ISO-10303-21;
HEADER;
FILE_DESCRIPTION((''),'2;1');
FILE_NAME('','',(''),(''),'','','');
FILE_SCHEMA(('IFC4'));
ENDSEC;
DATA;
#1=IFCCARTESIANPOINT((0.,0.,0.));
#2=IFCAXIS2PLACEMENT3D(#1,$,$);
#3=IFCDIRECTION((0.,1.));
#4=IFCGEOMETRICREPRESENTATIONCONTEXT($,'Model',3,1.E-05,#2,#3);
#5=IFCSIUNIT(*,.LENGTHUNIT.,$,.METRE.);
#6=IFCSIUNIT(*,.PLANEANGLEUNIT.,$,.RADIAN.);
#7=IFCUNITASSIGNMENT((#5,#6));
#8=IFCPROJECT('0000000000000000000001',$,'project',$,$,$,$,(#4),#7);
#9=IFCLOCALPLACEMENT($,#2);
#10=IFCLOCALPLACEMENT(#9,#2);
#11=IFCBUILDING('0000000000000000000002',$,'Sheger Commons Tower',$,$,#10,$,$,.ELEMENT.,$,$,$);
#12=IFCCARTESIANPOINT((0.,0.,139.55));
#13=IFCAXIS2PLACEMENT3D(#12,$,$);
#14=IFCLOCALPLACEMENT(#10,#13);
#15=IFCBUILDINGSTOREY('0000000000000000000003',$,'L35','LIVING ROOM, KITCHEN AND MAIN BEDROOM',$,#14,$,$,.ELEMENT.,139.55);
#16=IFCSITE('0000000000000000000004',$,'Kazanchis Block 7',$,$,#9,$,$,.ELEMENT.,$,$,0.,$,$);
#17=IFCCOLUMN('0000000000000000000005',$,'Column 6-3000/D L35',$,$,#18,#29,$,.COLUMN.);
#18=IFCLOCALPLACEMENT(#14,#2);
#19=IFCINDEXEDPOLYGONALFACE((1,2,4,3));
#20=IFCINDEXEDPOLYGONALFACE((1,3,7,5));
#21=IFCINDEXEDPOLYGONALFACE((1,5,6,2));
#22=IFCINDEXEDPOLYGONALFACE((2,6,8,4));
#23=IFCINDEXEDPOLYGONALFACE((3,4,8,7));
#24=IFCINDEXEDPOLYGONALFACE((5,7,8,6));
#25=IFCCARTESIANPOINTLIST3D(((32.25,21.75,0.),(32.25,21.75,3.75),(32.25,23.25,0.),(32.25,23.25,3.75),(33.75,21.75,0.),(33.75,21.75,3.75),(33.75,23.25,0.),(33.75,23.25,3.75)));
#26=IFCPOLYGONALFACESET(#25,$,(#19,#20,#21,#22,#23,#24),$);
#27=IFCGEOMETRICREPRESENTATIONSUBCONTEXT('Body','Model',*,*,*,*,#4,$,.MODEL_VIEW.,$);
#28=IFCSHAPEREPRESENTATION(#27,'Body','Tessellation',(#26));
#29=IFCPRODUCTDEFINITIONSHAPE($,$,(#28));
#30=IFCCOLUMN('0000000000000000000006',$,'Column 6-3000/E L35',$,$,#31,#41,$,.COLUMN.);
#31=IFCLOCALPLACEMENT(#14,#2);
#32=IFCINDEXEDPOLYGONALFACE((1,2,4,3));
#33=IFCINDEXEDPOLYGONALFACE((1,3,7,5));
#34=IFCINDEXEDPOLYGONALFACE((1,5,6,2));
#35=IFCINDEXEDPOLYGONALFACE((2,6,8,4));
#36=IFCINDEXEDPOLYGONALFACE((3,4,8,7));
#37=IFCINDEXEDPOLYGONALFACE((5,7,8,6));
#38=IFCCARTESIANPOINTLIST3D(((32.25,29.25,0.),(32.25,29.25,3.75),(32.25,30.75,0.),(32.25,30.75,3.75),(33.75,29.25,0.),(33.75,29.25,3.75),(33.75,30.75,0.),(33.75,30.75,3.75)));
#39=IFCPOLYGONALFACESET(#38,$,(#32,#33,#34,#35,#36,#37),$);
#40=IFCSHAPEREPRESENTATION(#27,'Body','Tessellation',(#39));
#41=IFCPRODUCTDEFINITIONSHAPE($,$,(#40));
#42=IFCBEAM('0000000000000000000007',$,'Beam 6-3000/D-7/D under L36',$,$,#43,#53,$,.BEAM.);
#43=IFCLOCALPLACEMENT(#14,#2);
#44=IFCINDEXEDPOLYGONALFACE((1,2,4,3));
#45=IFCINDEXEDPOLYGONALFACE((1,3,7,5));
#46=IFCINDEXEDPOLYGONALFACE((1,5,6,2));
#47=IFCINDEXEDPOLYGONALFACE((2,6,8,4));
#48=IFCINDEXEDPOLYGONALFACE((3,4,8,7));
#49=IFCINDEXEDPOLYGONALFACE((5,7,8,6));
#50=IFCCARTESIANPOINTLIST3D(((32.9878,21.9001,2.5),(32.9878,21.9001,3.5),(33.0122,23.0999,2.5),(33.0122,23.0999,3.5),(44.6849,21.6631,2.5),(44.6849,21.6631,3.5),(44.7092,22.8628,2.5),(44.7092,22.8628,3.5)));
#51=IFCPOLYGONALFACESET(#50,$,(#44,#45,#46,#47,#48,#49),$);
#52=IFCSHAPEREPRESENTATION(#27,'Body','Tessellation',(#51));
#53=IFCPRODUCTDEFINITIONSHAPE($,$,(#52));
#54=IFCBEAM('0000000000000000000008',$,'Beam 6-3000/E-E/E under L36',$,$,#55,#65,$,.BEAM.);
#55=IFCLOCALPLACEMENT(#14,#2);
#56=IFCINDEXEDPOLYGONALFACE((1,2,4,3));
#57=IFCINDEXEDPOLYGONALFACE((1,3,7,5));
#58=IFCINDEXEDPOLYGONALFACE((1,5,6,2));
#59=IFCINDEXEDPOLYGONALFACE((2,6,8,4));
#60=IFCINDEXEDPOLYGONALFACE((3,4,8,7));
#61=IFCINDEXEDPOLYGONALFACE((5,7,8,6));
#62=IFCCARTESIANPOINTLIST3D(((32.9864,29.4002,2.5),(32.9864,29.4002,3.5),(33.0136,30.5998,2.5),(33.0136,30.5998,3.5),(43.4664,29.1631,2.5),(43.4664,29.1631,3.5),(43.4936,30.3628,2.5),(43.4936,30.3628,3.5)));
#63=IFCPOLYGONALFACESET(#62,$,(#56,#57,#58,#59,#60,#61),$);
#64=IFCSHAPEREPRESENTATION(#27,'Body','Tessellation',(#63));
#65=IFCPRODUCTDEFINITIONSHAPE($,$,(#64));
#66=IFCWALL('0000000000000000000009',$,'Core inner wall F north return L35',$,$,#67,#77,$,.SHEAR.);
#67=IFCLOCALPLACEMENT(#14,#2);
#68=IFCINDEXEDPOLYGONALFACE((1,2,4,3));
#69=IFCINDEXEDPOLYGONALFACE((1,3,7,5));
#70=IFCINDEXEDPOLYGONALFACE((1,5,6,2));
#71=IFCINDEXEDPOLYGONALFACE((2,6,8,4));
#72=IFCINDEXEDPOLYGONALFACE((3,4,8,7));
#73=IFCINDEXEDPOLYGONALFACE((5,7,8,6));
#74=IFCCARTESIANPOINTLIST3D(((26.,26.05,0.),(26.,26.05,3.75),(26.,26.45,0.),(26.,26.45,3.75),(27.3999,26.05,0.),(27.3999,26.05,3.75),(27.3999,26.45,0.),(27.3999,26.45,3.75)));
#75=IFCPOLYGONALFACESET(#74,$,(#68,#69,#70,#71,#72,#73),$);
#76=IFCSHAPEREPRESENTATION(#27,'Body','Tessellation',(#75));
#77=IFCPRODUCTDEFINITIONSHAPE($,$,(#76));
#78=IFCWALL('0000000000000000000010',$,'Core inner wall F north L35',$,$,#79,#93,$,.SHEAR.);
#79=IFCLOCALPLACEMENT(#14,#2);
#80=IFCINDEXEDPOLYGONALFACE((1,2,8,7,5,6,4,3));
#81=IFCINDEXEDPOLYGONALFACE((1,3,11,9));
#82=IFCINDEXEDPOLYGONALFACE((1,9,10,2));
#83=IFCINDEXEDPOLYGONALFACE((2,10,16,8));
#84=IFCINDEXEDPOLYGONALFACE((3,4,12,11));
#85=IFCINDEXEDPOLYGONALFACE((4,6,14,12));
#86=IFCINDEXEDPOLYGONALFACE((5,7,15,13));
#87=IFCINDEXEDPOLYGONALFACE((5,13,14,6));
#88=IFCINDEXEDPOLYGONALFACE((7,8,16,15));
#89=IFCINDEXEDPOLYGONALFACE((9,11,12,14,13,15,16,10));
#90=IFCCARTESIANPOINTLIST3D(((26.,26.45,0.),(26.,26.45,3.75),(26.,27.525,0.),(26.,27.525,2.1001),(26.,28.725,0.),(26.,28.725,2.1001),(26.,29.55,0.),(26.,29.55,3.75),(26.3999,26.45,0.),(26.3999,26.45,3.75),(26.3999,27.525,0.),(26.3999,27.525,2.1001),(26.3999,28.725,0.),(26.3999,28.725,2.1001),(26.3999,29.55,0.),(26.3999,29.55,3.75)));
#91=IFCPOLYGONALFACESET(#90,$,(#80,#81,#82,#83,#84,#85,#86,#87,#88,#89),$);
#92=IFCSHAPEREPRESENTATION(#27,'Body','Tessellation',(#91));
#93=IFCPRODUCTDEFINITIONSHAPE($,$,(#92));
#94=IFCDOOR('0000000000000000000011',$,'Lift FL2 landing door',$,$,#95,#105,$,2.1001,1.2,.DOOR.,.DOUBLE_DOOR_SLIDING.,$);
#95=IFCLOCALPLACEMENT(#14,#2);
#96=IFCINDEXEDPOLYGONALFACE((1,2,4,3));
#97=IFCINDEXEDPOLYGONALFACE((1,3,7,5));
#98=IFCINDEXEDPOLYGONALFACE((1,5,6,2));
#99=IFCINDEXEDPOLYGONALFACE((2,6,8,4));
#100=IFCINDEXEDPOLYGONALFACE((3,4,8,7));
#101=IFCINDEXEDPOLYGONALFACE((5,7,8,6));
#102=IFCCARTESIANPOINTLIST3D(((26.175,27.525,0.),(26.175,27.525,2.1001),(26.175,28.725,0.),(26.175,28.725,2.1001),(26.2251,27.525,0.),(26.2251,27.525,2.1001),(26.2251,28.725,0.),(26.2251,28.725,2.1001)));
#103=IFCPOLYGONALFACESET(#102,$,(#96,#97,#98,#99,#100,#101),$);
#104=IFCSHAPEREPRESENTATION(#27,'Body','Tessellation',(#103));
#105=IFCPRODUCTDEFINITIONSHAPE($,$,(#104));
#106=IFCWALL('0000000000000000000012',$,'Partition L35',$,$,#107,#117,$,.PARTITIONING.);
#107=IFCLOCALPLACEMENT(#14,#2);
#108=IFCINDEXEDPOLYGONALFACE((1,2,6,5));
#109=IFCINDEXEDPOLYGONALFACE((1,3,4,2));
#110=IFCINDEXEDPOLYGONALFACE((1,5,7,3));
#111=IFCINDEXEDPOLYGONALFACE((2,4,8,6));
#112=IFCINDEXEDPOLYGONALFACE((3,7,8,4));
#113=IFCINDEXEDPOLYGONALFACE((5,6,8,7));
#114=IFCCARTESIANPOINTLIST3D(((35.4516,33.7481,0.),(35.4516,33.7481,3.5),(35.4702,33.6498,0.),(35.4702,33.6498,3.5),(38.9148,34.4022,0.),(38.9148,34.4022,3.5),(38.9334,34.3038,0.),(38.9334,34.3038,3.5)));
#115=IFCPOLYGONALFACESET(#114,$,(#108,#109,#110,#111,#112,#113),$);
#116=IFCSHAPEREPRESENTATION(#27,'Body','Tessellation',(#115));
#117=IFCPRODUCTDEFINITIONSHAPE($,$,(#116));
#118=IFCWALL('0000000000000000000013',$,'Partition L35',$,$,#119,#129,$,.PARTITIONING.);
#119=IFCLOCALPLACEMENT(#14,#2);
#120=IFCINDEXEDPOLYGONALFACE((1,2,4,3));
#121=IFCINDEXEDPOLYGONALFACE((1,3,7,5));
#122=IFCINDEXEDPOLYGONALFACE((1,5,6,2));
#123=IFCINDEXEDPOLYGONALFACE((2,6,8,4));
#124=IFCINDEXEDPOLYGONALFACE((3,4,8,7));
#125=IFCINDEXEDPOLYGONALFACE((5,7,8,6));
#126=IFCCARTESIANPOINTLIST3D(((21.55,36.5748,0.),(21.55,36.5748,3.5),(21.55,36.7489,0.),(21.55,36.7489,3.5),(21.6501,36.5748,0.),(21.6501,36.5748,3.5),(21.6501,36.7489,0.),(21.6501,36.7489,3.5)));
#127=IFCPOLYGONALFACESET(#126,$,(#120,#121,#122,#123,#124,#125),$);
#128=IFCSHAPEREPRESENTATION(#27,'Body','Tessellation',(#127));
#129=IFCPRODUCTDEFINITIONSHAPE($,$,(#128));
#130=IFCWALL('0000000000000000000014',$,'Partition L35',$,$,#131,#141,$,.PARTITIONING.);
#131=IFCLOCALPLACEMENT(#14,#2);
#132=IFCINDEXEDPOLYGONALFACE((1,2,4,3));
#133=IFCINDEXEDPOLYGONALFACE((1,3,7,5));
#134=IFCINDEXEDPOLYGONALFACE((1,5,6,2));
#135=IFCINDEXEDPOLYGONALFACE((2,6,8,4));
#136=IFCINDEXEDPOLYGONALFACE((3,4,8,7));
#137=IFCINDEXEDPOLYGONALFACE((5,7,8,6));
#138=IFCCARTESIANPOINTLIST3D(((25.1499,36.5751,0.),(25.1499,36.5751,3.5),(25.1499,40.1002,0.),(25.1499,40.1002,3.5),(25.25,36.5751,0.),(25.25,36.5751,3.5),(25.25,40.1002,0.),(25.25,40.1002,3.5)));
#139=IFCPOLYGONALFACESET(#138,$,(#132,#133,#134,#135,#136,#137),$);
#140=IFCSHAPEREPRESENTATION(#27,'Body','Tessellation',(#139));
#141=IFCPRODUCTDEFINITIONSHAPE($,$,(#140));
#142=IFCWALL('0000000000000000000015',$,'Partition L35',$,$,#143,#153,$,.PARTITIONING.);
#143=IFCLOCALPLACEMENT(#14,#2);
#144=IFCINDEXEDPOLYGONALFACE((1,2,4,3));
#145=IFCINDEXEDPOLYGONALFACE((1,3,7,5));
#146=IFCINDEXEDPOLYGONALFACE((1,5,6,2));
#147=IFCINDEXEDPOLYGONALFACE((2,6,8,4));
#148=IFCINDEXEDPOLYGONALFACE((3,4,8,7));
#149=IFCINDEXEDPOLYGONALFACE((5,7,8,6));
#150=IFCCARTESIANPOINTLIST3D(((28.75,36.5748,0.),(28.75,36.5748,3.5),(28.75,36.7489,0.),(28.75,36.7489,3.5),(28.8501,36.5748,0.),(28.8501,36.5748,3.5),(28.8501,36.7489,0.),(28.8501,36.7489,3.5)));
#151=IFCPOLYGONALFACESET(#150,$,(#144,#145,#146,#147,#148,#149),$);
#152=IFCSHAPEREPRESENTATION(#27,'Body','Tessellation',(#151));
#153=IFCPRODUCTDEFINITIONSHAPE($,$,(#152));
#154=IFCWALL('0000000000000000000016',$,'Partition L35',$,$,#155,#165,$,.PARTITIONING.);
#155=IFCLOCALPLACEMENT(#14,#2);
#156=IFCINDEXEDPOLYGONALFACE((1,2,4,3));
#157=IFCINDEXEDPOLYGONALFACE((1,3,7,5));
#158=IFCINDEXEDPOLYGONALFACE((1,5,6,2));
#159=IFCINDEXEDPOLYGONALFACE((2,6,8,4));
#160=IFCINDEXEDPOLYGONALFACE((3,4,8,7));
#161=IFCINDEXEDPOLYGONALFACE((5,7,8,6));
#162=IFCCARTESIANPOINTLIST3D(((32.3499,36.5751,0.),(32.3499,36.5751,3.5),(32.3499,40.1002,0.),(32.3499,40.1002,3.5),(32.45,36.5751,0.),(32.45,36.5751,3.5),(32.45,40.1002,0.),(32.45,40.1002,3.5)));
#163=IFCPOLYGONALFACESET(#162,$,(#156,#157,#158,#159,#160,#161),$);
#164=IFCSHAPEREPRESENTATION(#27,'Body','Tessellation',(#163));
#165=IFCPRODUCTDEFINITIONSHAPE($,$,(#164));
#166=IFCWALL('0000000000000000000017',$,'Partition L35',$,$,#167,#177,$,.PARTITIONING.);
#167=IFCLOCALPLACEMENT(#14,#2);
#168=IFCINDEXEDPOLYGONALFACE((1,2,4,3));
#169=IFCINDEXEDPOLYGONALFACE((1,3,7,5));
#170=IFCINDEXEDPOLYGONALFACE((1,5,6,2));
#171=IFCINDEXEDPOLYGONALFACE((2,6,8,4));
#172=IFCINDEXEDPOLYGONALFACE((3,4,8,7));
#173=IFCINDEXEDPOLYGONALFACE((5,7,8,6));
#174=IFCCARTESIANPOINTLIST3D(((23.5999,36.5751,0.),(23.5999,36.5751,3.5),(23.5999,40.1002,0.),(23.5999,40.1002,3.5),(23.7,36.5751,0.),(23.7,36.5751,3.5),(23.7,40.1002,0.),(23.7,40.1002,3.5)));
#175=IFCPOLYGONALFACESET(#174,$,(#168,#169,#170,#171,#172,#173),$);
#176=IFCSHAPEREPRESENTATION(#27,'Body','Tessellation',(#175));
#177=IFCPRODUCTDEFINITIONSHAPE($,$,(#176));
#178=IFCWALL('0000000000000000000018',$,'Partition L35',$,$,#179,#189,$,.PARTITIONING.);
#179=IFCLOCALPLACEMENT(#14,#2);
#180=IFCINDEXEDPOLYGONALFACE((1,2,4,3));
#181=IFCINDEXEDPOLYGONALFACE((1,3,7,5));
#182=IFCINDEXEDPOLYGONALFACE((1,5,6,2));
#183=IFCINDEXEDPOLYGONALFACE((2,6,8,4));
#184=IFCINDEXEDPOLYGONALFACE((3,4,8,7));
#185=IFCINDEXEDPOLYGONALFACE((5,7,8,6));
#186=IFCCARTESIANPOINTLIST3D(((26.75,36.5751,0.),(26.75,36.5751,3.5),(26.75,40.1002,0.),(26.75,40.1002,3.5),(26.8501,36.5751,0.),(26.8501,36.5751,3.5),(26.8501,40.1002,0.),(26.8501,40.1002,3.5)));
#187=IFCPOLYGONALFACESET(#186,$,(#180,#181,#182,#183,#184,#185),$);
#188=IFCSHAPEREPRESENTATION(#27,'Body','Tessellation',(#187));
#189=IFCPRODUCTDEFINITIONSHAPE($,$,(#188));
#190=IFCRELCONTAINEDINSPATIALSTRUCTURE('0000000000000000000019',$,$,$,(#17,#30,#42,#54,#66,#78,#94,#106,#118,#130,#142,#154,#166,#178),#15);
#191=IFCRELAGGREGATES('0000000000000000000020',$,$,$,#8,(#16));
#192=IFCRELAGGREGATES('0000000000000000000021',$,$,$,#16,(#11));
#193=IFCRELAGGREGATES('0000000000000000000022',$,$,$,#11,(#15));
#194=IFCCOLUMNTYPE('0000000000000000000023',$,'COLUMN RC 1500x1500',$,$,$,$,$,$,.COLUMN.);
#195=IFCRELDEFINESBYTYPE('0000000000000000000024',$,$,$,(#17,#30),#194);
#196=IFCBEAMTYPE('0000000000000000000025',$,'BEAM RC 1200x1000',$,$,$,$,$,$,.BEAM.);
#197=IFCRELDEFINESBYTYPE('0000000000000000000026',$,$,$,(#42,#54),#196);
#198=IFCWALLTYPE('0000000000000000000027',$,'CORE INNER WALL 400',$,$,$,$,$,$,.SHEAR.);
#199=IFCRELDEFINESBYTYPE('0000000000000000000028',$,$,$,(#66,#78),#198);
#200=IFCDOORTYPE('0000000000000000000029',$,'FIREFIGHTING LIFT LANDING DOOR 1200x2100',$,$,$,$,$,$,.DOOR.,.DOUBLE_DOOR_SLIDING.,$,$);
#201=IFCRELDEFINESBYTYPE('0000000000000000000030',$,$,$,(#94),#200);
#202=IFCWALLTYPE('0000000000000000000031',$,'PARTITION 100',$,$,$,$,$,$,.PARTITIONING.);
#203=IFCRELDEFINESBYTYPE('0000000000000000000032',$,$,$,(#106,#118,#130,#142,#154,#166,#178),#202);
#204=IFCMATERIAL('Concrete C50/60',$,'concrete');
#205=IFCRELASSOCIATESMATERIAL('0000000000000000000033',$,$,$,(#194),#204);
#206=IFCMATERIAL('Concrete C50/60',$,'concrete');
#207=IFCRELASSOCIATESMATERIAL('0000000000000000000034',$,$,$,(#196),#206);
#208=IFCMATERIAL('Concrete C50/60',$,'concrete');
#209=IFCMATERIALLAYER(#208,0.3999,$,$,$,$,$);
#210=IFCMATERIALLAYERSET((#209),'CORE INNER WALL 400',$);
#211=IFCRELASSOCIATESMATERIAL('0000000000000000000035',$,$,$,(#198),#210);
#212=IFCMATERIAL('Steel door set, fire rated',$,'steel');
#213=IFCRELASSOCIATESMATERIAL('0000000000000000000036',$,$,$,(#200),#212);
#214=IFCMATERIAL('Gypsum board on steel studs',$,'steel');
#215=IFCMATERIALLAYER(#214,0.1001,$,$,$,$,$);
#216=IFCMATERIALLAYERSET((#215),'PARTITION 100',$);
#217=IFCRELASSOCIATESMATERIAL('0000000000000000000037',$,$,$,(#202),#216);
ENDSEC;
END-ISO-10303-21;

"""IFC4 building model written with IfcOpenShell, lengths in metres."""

from ifc_helpers import new_model, si_unit, direction, frame, frame_2d, origin, origin_2d, place, context, subcontext, project, spatial, rectangle, extrude, material, layer, layer_set, material_profile, profile_set, type_object, element, fill, save


model = new_model("IFC4")

# Units and contexts
model_context = context("Model", 3, precision=1e-05, world=origin(), true_north=direction((0.0, 1.0)))
body_context = subcontext(model_context, "Body", "Model", "MODEL_VIEW")
ifc_project = project(units=[si_unit("LENGTHUNIT", "METRE"), si_unit("PLANEANGLEUNIT", "RADIAN")], contexts=[model_context])

# Site, building, storey
site_placement = place(None, origin())
site = spatial("IfcSite", under=ifc_project, at=site_placement, Name="Kazanchis Block 7", CompositionType="ELEMENT", RefElevation=0.0)
building_placement = place(site_placement, origin())
building = spatial("IfcBuilding", under=site, at=building_placement, Name="Sheger Commons Tower", CompositionType="ELEMENT")
storey_placement = place(building_placement, frame((0.0, 0.0, 139.55)))
storey = spatial("IfcBuildingStorey", under=building, at=storey_placement, Name="L35", Description="LIVING ROOM, KITCHEN AND MAIN BEDROOM", CompositionType="ELEMENT", Elevation=139.55)

# Columns
ifc_material_1 = material(Name="Concrete C50/60", Category="concrete")
ifc_material_profile_1 = material_profile(ifc_material_1, rectangle(XDim=1.5, YDim=1.5, at=origin_2d()), Name="RC 1500x1500")
ifc_profile_set_1 = profile_set([ifc_material_profile_1], Name="Concrete C50/60")
column_type = type_object("IfcColumnType", Name="COLUMN RC 1500x1500", PredefinedType="COLUMN", material=ifc_profile_set_1)
for number, where, z_axis, x_axis, name in (
    (1, (33.0, 22.5, 0.0), (0.0, 0.0, 1.0), (1.0, 0.0, 0.0), "Column 6-3000/D L35"),
    (2, (33.0, 30.0, 0.0), (0.0, 0.0, 1.0), (1.0, 0.0, 0.0), "Column 6-3000/E L35"),
):
    element("IfcColumn", number, at=place(storey_placement, frame(where, z_axis=z_axis, x_axis=x_axis)), inside=storey, type_object=column_type, Name=name, PredefinedType="COLUMN", context=body_context, shape_type="SweptSolid", body=[
        extrude(rectangle(XDim=1.5, YDim=1.5, at=origin_2d()), origin(), (0.0, 0.0, 1.0), 3.75),
    ])

# Beams
ifc_material_2 = material(Name="Concrete C50/60", Category="concrete")
ifc_material_profile_2 = material_profile(ifc_material_2, rectangle(XDim=1.2, YDim=1.0, at=origin_2d()), Name="RC 1200x1000")
ifc_profile_set_2 = profile_set([ifc_material_profile_2], Name="Concrete C50/60")
beam_type = type_object("IfcBeamType", Name="BEAM RC 1200x1000", PredefinedType="BEAM", material=ifc_profile_set_2)
beam_1_placement = place(storey_placement, frame((33.0, 22.5, 3.0), z_axis=(0.999795, -0.020263, 0.0), x_axis=(0.020263, 0.999795, 0.0)))
element("IfcBeam", 3, at=beam_1_placement, inside=storey, type_object=beam_type, Name="Beam 6-3000/D-7/D under L36", PredefinedType="BEAM", context=body_context, shape_type="SweptSolid", body=[
    extrude(rectangle(XDim=1.2, YDim=1.0, at=origin_2d()), origin(), (0.0, 0.0, 1.0), 11.6995),
])
beam_2_placement = place(storey_placement, frame((33.0, 30.0, 3.0), z_axis=(0.999744, -0.022615, 0.0), x_axis=(0.022615, 0.999744, 0.0)))
element("IfcBeam", 4, at=beam_2_placement, inside=storey, type_object=beam_type, Name="Beam 6-3000/E-E/E under L36", PredefinedType="BEAM", context=body_context, shape_type="SweptSolid", body=[
    extrude(rectangle(XDim=1.2, YDim=1.0, at=origin_2d()), origin(), (0.0, 0.0, 1.0), 10.4827),
])

# Wall
ifc_material_3 = material(Name="Concrete C50/60", Category="concrete")
ifc_layer_1 = layer(ifc_material_3, 0.3999)
ifc_layer_set_1 = layer_set([ifc_layer_1], Name="CORE INNER WALL 400")
wall_type_1 = type_object("IfcWallType", Name="CORE INNER WALL 400", PredefinedType="SHEAR", material=ifc_layer_set_1)
wall_1_placement = place(storey_placement, frame((26.0, 26.25, 0.0), z_axis=(0.0, 0.0, 1.0), x_axis=(1.0, 0.0, 0.0)))
element("IfcWall", 5, at=wall_1_placement, inside=storey, type_object=wall_type_1, Name="Core inner wall F north return L35", PredefinedType="SHEAR", context=body_context, shape_type="SweptSolid", body=[
    extrude(rectangle(XDim=1.3999, YDim=0.3999, at=frame_2d((0.7, 0.0))), origin(), (0.0, 0.0, 1.0), 3.75),
])

# Wall, opening, door
wall_2_placement = place(storey_placement, frame((26.2, 26.45, 0.0), z_axis=(0.0, 0.0, 1.0), x_axis=(0.0, 1.0, 0.0)))
wall_2 = element("IfcWall", 6, at=wall_2_placement, inside=storey, type_object=wall_type_1, Name="Core inner wall F north L35", PredefinedType="SHEAR", context=body_context, shape_type="SweptSolid", body=[
    extrude(rectangle(XDim=3.1001, YDim=0.3999, at=frame_2d((1.55, 0.0))), origin(), (0.0, 0.0, 1.0), 3.75),
])
opening_1_placement = place(wall_2_placement, frame((1.075, 0.0, 0.0)))
opening_1 = element("IfcOpeningElement", 7, at=opening_1_placement, cuts=wall_2, PredefinedType="OPENING", context=body_context, shape_type="SweptSolid", body=[
    extrude(rectangle(XDim=1.2, YDim=2.1001, at=frame_2d((0.6001, 1.05))), frame((0.0, 0.21, 0.0), z_axis=(0.0, -1.0, 0.0), x_axis=(1.0, 0.0, 0.0)), (0.0, 0.0, 1.0), 0.4199),
])
ifc_material_4 = material(Name="Steel door set, fire rated", Category="steel")
door_type_1 = type_object("IfcDoorType", Name="FIREFIGHTING LIFT LANDING DOOR 1200x2100", OperationType="DOUBLE_DOOR_SLIDING", PredefinedType="DOOR", material=ifc_material_4)
door_1_placement = place(opening_1_placement, origin())
door_1 = element("IfcDoor", 8, at=door_1_placement, inside=storey, type_object=door_type_1, Name="Lift FL2 landing door", OperationType="DOUBLE_DOOR_SLIDING", OverallHeight=2.1001, OverallWidth=1.2, PredefinedType="DOOR", context=body_context, shape_type="SweptSolid", body=[
    extrude(rectangle(XDim=1.2, YDim=2.1001, at=frame_2d((0.6001, 1.05))), frame((0.0, 0.0249, 0.0), z_axis=(0.0, -1.0, 0.0), x_axis=(1.0, 0.0, 0.0)), (0.0, 0.0, 1.0), 0.05),
])
fill(opening_1, door_1)

# Walls
ifc_material_5 = material(Name="Gypsum board on steel studs", Category="steel")
ifc_layer_2 = layer(ifc_material_5, 0.1001)
ifc_layer_set_2 = layer_set([ifc_layer_2], Name="PARTITION 100")
wall_type_2 = type_object("IfcWallType", Name="PARTITION 100", PredefinedType="PARTITIONING", material=ifc_layer_set_2)
wall_3_placement = place(storey_placement, frame((38.9241, 34.353, 0.0), z_axis=(0.0, 0.0, 1.0), x_axis=(-0.982629, -0.185581, 0.0)))
element("IfcWall", 9, at=wall_3_placement, inside=storey, type_object=wall_type_2, Name="Partition L35", PredefinedType="PARTITIONING", context=body_context, shape_type="SweptSolid", body=[
    extrude(rectangle(XDim=3.5244, YDim=0.1001, at=frame_2d((1.7622, 0.0))), origin(), (0.0, 0.0, 1.0), 3.5),
])
wall_4_placement = place(storey_placement, frame((21.6001, 36.575, 0.0), z_axis=(0.0, 0.0, 1.0), x_axis=(0.0, 1.0, 0.0)))
element("IfcWall", 10, at=wall_4_placement, inside=storey, type_object=wall_type_2, Name="Partition L35", PredefinedType="PARTITIONING", context=body_context, shape_type="SweptSolid", body=[
    extrude(rectangle(XDim=0.1741, YDim=0.1001, at=frame_2d((0.0869, 0.0))), origin(), (0.0, 0.0, 1.0), 3.5),
])
wall_5_placement = place(storey_placement, frame((25.2, 36.575, 0.0), z_axis=(0.0, 0.0, 1.0), x_axis=(0.0, 1.0, 0.0)))
element("IfcWall", 11, at=wall_5_placement, inside=storey, type_object=wall_type_2, Name="Partition L35", PredefinedType="PARTITIONING", context=body_context, shape_type="SweptSolid", body=[
    extrude(rectangle(XDim=3.5251, YDim=0.1001, at=frame_2d((1.7627, 0.0))), origin(), (0.0, 0.0, 1.0), 3.5),
])
wall_6_placement = place(storey_placement, frame((28.8, 36.575, 0.0), z_axis=(0.0, 0.0, 1.0), x_axis=(0.0, 1.0, 0.0)))
element("IfcWall", 12, at=wall_6_placement, inside=storey, type_object=wall_type_2, Name="Partition L35", PredefinedType="PARTITIONING", context=body_context, shape_type="SweptSolid", body=[
    extrude(rectangle(XDim=0.1741, YDim=0.1001, at=frame_2d((0.0869, 0.0))), origin(), (0.0, 0.0, 1.0), 3.5),
])
for number, where, z_axis, x_axis, name in (
    (13, (32.3999, 36.575, 0.0), (0.0, 0.0, 1.0), (0.0, 1.0, 0.0), "Partition L35"),
    (14, (23.6499, 36.575, 0.0), (0.0, 0.0, 1.0), (0.0, 1.0, 0.0), "Partition L35"),
    (15, (26.8, 36.575, 0.0), (0.0, 0.0, 1.0), (0.0, 1.0, 0.0), "Partition L35"),
):
    element("IfcWall", number, at=place(storey_placement, frame(where, z_axis=z_axis, x_axis=x_axis)), inside=storey, type_object=wall_type_2, Name=name, PredefinedType="PARTITIONING", context=body_context, shape_type="SweptSolid", body=[
        extrude(rectangle(XDim=3.5251, YDim=0.1001, at=frame_2d((1.7627, 0.0))), origin(), (0.0, 0.0, 1.0), 3.5),
    ])

save(model, "model.ifc")
